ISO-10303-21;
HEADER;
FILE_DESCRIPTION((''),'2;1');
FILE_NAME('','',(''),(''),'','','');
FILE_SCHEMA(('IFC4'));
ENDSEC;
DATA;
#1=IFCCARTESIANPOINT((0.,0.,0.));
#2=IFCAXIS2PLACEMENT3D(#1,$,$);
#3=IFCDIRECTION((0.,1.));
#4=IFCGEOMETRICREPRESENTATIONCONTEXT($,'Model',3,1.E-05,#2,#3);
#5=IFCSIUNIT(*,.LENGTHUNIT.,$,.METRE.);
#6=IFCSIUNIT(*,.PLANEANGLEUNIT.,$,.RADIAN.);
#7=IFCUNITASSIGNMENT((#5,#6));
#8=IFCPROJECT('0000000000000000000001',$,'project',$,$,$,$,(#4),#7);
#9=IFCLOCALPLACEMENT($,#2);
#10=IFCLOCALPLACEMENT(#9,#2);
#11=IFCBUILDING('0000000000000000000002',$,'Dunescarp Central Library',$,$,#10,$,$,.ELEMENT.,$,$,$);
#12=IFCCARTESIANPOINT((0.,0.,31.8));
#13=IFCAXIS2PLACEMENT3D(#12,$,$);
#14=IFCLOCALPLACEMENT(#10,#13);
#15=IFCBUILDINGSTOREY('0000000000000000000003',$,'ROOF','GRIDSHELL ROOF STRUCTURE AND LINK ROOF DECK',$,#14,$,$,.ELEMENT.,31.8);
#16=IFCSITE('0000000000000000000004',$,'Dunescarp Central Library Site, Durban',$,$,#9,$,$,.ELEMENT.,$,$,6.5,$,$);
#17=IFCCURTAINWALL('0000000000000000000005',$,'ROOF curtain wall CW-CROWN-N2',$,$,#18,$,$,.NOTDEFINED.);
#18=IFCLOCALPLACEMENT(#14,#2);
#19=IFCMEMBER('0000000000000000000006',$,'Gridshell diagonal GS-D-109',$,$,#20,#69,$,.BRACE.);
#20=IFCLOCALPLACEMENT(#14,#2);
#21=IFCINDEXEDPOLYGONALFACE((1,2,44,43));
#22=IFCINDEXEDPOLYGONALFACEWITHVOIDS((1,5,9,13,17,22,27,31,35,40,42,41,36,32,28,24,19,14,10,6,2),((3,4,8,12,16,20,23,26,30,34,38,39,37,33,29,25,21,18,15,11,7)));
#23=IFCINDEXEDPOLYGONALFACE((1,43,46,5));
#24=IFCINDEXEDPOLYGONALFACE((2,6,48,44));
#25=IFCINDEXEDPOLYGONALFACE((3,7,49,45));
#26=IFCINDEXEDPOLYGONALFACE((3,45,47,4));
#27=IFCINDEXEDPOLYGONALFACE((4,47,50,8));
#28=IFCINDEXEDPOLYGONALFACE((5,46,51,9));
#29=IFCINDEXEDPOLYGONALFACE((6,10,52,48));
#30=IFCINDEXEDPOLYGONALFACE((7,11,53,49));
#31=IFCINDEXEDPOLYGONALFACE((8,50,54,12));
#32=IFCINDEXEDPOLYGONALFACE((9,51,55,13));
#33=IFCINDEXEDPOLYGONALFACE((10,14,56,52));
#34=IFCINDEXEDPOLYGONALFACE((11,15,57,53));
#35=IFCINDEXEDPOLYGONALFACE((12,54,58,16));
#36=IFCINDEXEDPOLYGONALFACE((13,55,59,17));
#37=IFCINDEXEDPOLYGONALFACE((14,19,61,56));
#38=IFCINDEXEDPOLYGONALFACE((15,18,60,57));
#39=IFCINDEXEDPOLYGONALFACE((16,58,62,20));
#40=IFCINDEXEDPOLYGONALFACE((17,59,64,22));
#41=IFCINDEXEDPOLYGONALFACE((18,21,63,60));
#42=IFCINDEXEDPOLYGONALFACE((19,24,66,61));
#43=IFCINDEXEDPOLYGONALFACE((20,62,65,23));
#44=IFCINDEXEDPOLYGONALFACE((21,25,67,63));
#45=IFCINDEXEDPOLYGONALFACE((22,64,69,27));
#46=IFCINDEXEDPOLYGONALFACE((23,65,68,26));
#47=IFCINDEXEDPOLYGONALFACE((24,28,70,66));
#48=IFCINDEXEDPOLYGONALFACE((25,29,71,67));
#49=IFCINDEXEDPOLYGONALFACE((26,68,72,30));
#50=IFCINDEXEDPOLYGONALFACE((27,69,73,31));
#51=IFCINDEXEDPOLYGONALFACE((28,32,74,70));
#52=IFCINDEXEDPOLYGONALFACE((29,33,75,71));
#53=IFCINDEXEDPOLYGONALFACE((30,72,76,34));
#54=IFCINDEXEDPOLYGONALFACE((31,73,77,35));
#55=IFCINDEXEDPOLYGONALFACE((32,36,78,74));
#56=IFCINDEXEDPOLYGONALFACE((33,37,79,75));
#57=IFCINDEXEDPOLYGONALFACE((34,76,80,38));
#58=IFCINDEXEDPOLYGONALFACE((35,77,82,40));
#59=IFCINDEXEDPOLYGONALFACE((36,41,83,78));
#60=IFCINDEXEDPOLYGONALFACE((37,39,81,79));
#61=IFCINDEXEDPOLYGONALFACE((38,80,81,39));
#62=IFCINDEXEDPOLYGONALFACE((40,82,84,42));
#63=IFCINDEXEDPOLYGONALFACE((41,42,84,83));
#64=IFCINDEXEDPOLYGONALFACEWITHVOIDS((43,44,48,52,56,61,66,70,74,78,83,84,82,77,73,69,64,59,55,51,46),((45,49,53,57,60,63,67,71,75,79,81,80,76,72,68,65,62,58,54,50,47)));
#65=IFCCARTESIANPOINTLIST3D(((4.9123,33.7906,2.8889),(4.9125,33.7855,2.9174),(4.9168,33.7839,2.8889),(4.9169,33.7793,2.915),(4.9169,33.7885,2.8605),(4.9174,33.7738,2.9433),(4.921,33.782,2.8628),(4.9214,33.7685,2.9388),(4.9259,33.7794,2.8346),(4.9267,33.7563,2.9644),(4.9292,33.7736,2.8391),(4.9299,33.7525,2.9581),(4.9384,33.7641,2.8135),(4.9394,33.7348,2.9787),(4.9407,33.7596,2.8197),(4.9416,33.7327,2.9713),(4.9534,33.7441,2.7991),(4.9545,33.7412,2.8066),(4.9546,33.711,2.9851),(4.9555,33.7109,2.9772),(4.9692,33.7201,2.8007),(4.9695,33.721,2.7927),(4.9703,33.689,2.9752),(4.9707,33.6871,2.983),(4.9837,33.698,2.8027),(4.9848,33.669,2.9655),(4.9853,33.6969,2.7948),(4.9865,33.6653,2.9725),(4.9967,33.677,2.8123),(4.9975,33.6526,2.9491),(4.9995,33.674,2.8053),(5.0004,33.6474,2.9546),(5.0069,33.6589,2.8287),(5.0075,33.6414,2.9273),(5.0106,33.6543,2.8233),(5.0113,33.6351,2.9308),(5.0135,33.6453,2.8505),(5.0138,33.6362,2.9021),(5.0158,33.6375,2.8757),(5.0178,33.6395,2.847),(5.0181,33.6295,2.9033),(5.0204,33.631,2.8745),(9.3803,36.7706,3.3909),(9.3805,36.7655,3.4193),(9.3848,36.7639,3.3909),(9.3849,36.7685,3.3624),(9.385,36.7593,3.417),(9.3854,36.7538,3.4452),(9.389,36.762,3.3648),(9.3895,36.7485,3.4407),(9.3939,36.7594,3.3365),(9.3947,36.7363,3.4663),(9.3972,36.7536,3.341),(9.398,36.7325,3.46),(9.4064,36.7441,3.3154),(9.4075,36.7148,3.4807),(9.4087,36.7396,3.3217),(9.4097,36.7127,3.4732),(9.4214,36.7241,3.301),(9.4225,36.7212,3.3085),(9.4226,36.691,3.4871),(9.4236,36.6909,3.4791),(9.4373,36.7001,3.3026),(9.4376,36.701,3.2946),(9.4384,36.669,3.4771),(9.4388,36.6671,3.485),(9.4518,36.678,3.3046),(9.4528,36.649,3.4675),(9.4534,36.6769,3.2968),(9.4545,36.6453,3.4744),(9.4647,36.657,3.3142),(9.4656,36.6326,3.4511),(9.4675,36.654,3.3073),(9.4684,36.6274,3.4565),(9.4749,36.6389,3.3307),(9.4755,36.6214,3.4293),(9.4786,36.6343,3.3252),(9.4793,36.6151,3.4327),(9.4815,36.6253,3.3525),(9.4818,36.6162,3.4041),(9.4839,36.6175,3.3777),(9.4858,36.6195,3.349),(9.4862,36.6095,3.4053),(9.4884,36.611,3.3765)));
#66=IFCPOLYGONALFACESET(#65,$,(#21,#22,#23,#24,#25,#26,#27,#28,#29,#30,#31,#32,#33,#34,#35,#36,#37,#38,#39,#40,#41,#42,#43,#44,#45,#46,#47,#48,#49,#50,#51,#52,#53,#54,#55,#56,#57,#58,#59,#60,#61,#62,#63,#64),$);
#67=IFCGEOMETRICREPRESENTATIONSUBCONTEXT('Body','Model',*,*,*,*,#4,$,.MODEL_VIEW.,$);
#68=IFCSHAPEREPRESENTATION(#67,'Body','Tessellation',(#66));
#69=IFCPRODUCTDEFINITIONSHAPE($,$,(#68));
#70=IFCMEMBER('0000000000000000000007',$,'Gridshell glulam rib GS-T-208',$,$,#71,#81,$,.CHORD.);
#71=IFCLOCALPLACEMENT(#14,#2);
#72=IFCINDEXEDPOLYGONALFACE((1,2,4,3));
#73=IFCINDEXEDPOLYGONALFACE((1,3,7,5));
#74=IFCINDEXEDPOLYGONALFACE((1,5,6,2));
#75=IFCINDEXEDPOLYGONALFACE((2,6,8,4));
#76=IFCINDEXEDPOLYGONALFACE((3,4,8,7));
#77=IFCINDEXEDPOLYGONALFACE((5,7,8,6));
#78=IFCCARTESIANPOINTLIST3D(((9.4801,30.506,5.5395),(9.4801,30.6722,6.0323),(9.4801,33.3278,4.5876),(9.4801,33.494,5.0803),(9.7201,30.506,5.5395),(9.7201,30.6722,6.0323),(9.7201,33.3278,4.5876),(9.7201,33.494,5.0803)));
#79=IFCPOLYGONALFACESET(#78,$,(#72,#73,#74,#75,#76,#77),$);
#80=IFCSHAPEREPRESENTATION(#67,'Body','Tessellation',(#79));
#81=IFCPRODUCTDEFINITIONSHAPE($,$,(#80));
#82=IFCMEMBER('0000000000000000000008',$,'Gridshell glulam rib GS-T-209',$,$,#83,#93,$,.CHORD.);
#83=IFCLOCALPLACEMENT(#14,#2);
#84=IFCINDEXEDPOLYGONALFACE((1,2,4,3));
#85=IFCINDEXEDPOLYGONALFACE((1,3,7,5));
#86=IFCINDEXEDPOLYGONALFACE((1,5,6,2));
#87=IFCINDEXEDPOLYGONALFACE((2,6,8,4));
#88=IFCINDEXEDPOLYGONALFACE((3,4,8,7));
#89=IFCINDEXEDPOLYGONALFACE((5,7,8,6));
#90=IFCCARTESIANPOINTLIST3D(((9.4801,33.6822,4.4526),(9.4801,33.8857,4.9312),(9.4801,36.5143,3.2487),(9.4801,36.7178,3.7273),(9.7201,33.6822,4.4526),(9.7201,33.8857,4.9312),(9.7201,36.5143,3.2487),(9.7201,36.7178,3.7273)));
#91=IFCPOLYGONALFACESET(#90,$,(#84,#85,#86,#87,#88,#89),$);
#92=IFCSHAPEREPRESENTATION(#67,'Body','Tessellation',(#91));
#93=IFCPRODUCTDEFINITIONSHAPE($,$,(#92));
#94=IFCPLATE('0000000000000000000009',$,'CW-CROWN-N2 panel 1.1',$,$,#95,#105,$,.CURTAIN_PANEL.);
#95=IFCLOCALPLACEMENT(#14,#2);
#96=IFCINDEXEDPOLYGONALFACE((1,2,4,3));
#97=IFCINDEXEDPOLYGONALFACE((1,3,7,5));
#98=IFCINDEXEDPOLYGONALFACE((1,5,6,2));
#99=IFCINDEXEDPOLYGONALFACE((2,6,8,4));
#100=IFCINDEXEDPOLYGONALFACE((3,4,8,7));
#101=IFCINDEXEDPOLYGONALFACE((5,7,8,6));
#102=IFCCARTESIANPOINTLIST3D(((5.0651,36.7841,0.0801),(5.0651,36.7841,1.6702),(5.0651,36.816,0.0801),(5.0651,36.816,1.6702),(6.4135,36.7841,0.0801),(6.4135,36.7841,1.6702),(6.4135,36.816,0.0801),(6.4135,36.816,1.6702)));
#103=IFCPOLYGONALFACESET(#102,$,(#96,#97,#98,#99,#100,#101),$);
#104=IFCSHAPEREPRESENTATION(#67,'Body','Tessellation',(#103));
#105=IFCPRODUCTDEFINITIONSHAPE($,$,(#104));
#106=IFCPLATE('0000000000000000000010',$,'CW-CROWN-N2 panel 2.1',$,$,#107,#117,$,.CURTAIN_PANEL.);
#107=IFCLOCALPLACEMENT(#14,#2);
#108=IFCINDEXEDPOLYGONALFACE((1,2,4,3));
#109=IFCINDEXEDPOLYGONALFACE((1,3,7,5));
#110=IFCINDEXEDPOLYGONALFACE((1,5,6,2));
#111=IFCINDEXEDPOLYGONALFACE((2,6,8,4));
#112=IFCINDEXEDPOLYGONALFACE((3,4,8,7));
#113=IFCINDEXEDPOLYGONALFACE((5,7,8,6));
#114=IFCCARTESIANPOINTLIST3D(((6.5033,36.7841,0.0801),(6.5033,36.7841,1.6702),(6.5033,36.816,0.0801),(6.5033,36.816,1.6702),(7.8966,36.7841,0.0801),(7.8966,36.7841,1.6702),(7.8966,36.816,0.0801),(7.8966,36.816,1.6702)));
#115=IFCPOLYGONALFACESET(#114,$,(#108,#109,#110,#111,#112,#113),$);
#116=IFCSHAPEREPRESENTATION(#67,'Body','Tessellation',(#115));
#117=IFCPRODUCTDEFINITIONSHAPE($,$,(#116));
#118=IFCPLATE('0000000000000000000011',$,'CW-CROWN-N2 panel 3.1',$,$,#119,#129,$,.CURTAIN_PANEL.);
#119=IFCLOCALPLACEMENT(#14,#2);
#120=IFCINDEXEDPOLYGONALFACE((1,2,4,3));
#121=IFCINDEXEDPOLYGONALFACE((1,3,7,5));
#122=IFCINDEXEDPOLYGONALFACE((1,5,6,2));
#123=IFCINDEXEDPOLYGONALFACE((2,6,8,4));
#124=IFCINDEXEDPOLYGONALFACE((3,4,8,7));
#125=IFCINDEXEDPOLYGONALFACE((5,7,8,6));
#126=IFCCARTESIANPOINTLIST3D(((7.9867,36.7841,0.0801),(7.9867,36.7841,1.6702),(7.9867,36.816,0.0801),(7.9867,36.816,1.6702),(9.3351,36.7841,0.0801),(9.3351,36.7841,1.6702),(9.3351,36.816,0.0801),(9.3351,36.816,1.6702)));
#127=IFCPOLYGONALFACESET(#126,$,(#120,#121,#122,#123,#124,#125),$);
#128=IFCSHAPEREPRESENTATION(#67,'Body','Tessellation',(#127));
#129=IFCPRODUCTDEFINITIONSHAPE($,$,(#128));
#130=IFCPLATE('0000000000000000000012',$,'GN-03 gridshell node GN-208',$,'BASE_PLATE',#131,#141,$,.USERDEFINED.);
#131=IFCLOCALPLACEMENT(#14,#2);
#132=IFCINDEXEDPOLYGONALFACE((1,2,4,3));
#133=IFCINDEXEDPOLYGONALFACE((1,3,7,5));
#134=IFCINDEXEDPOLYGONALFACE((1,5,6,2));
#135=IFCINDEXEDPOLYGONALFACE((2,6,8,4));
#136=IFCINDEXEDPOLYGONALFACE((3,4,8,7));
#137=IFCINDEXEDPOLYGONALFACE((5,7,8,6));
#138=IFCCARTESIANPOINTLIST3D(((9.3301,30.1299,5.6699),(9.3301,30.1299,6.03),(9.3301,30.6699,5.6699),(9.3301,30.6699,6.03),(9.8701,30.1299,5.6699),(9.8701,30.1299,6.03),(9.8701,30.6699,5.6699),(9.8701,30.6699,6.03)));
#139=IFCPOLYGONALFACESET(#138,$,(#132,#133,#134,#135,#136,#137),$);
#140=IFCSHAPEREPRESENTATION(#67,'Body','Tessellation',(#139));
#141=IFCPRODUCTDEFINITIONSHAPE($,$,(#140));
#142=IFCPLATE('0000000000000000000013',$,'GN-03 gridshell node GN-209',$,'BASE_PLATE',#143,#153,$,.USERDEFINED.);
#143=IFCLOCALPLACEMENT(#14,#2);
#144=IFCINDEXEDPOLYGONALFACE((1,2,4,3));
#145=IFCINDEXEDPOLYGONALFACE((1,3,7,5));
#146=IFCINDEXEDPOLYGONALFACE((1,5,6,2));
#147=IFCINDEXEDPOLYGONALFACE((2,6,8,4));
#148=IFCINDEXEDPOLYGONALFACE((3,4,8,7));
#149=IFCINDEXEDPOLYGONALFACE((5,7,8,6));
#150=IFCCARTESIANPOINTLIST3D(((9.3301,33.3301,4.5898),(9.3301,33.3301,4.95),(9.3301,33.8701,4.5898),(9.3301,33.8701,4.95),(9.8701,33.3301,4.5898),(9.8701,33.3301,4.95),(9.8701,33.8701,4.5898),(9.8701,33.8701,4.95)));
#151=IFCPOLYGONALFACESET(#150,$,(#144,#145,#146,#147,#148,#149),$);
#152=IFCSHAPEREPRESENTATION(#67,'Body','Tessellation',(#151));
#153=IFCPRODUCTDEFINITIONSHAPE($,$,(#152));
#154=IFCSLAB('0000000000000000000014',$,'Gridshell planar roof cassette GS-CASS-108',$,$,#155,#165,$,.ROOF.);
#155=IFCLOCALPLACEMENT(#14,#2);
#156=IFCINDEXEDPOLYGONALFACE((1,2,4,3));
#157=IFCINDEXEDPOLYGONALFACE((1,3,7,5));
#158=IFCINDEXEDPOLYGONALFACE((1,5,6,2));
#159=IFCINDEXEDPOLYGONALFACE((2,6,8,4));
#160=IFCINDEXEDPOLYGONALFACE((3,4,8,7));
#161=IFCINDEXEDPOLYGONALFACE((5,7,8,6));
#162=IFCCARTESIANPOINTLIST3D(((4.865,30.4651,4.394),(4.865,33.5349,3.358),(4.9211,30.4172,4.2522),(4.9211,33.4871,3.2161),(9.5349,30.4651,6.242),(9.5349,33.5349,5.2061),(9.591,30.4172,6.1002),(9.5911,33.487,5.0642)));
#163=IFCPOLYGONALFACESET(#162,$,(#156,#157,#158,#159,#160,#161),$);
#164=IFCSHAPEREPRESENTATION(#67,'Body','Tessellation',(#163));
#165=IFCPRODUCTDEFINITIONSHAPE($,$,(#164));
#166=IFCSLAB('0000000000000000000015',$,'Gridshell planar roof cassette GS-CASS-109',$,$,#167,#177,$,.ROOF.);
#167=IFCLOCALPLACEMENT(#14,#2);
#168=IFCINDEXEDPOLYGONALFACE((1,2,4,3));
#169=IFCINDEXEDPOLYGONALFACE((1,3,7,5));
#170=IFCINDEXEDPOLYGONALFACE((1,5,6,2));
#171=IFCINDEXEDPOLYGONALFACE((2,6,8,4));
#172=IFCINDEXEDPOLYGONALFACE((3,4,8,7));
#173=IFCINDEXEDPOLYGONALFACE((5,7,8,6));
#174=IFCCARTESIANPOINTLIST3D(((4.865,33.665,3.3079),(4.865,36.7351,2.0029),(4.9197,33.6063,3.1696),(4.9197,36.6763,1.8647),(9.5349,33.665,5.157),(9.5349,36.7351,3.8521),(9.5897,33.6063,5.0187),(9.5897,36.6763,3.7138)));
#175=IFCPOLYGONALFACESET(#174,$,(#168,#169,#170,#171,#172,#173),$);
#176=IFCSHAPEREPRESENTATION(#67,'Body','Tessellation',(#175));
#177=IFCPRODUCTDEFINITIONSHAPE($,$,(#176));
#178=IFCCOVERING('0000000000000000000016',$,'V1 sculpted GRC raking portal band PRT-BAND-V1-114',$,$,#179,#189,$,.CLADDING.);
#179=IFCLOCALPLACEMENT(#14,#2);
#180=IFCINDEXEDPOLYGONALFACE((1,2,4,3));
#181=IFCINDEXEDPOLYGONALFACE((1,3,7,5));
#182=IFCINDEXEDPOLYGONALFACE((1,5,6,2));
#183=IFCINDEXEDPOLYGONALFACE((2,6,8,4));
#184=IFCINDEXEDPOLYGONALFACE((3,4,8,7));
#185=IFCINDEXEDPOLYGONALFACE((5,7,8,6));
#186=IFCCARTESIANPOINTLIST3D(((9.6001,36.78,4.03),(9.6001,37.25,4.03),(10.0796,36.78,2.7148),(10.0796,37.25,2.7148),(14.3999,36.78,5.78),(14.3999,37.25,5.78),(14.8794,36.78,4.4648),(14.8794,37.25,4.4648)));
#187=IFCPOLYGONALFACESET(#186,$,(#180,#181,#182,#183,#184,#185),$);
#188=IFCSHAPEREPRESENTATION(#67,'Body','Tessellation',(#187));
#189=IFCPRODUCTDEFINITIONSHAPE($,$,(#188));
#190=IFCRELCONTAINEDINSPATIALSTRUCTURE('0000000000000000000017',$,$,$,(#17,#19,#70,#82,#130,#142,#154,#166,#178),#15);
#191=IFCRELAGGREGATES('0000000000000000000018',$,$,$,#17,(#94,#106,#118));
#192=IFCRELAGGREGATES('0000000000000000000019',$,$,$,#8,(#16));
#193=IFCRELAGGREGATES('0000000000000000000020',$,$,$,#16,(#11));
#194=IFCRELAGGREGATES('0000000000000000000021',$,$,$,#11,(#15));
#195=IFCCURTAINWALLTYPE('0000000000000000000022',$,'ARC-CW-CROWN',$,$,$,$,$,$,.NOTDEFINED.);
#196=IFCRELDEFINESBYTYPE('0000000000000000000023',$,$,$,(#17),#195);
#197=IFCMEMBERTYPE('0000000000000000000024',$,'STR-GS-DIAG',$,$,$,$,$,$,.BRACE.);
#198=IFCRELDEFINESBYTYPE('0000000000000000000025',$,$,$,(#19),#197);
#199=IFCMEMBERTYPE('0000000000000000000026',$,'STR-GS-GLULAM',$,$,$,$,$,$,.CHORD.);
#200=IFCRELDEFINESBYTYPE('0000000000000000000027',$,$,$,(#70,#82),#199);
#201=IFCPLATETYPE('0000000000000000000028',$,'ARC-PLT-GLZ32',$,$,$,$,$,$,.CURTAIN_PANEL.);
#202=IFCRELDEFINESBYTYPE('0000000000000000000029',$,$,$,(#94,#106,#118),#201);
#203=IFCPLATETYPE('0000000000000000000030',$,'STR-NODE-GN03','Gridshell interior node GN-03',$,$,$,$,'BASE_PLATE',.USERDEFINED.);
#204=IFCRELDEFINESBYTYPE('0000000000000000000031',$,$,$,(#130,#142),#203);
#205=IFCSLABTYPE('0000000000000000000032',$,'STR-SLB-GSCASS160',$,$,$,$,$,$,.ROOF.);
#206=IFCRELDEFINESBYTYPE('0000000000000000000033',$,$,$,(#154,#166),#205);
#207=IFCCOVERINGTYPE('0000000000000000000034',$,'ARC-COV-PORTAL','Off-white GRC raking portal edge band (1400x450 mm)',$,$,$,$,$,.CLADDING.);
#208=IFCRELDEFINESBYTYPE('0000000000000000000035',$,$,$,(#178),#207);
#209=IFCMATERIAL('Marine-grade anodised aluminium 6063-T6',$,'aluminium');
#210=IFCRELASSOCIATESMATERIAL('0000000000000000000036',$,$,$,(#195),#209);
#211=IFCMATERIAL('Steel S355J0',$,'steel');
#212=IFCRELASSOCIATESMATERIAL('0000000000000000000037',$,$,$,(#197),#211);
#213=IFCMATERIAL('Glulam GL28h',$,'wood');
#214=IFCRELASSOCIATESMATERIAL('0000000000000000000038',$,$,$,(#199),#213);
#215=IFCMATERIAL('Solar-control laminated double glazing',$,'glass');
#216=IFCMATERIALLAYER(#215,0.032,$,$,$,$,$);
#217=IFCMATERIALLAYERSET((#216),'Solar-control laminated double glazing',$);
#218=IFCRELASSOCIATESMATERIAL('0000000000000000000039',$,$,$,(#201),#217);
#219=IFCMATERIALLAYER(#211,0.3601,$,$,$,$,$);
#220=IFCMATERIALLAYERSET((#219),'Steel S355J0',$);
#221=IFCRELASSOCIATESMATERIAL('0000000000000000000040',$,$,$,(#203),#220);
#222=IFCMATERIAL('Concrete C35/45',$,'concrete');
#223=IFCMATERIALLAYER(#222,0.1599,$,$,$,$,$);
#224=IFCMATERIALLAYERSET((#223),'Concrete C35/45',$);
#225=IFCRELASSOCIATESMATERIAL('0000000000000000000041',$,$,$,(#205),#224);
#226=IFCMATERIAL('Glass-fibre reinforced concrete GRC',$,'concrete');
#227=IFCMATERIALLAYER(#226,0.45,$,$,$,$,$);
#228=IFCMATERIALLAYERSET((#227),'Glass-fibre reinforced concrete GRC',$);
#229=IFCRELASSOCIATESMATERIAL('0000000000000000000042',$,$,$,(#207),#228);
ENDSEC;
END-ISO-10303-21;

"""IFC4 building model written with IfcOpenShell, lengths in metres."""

from ifc_helpers import new_model, si_unit, direction, frame, origin, origin_2d, place, context, subcontext, project, spatial, polyline, rectangle, hollow_circle, outline, extrude, material, layer, layer_set, material_profile, profile_set, type_object, element, aggregate, save


model = new_model("IFC4")

# Units and contexts
model_context = context("Model", 3, precision=1e-05, world=origin(), true_north=direction((0.0, 1.0)))
body_context = subcontext(model_context, "Body", "Model", "MODEL_VIEW")
ifc_project = project(units=[si_unit("LENGTHUNIT", "METRE"), si_unit("PLANEANGLEUNIT", "RADIAN")], contexts=[model_context])

# Site, building, storey
site_placement = place(None, origin())
site = spatial("IfcSite", under=ifc_project, at=site_placement, Name="Dunescarp Central Library Site, Durban", CompositionType="ELEMENT", RefElevation=6.5)
building_placement = place(site_placement, origin())
building = spatial("IfcBuilding", under=site, at=building_placement, Name="Dunescarp Central Library", CompositionType="ELEMENT")
storey_placement = place(building_placement, frame((0.0, 0.0, 31.8)))
storey = spatial("IfcBuildingStorey", under=building, at=storey_placement, Name="ROOF", Description="GRIDSHELL ROOF STRUCTURE AND LINK ROOF DECK", CompositionType="ELEMENT", Elevation=31.8)

# Curtain wall
ifc_material_1 = material(Name="Marine-grade anodised aluminium 6063-T6", Category="aluminium")
curtain_wall_type = type_object("IfcCurtainWallType", Name="ARC-CW-CROWN", PredefinedType="NOTDEFINED", material=ifc_material_1)
curtain_wall_placement = place(storey_placement, origin())
curtain_wall = element("IfcCurtainWall", 1, at=curtain_wall_placement, inside=storey, type_object=curtain_wall_type, Name="ROOF curtain wall CW-CROWN-N2", PredefinedType="NOTDEFINED")

# Members
ifc_material_2 = material(Name="Steel S355J0", Category="steel")
ifc_material_profile_1 = material_profile(ifc_material_2, hollow_circle(Radius=0.0969, WallThickness=0.0081, at=origin_2d()), Name="CHS 193.7x8")
ifc_profile_set_1 = profile_set([ifc_material_profile_1], Name="Steel S355J0")
member_type_1 = type_object("IfcMemberType", Name="STR-GS-DIAG", PredefinedType="BRACE", material=ifc_profile_set_1)
member_1_placement = place(storey_placement, frame((4.9661, 33.71, 2.8889), z_axis=(0.828328, 0.55246, 0.093057), x_axis=(-0.554868, 0.831938, 0.0)))
element("IfcMember", 2, at=member_1_placement, inside=storey, type_object=member_type_1, Name="Gridshell diagonal GS-D-109", PredefinedType="BRACE", context=body_context, shape_type="SweptSolid", body=[
    extrude(hollow_circle(Radius=0.0969, WallThickness=0.0081, at=origin_2d()), origin(), (0.0, 0.0, 1.0), 5.394),
])
ifc_material_3 = material(Name="Glulam GL28h", Category="wood")
ifc_material_profile_2 = material_profile(ifc_material_3, rectangle(XDim=0.24, YDim=0.52, at=origin_2d()), Name="GL28h 240x520")
ifc_profile_set_2 = profile_set([ifc_material_profile_2], Name="Glulam GL28h")
member_type_2 = type_object("IfcMemberType", Name="STR-GS-GLULAM", PredefinedType="CHORD", material=ifc_profile_set_2)
member_2_placement = place(storey_placement, frame((9.6001, 30.5891, 5.7859), z_axis=(0.0, 0.947538, -0.319644), x_axis=(-1.0, 0.0, 0.0)))
element("IfcMember", 3, at=member_2_placement, inside=storey, type_object=member_type_2, Name="Gridshell glulam rib GS-T-208", PredefinedType="CHORD", context=body_context, shape_type="SweptSolid", body=[
    extrude(rectangle(XDim=0.24, YDim=0.52, at=origin_2d()), origin(), (0.0, 0.0, 1.0), 2.978),
])
member_3_placement = place(storey_placement, frame((9.6001, 33.7839, 4.6919), z_axis=(0.0, 0.920302, -0.391208), x_axis=(-1.0, 0.0, 0.0)))
element("IfcMember", 4, at=member_3_placement, inside=storey, type_object=member_type_2, Name="Gridshell glulam rib GS-T-209", PredefinedType="CHORD", context=body_context, shape_type="SweptSolid", body=[
    extrude(rectangle(XDim=0.24, YDim=0.52, at=origin_2d()), origin(), (0.0, 0.0, 1.0), 3.0774),
])

# Plates
ifc_material_4 = material(Name="Solar-control laminated double glazing", Category="glass")
ifc_layer_1 = layer(ifc_material_4, 0.032)
ifc_layer_set_1 = layer_set([ifc_layer_1], Name="Solar-control laminated double glazing")
plate_type_1 = type_object("IfcPlateType", Name="ARC-PLT-GLZ32", PredefinedType="CURTAIN_PANEL", material=ifc_layer_set_1)
plate_1_placement = place(storey_placement, frame((5.7393, 36.8, 0.0801), z_axis=(0.0, 0.0, 1.0), x_axis=(1.0, 0.0, 0.0)))
plate_1 = element("IfcPlate", 5, at=plate_1_placement, type_object=plate_type_1, Name="CW-CROWN-N2 panel 1.1", PredefinedType="CURTAIN_PANEL", context=body_context, shape_type="SweptSolid", body=[
    extrude(rectangle(XDim=1.3484, YDim=0.032, at=origin_2d()), origin(), (0.0, 0.0, 1.0), 1.5901),
])
plate_2_placement = place(storey_placement, frame((7.2, 36.8, 0.0801), z_axis=(0.0, 0.0, 1.0), x_axis=(1.0, 0.0, 0.0)))
plate_2 = element("IfcPlate", 6, at=plate_2_placement, type_object=plate_type_1, Name="CW-CROWN-N2 panel 2.1", PredefinedType="CURTAIN_PANEL", context=body_context, shape_type="SweptSolid", body=[
    extrude(rectangle(XDim=1.3933, YDim=0.032, at=origin_2d()), origin(), (0.0, 0.0, 1.0), 1.5901),
])
plate_3_placement = place(storey_placement, frame((8.6609, 36.8, 0.0801), z_axis=(0.0, 0.0, 1.0), x_axis=(1.0, 0.0, 0.0)))
plate_3 = element("IfcPlate", 7, at=plate_3_placement, type_object=plate_type_1, Name="CW-CROWN-N2 panel 3.1", PredefinedType="CURTAIN_PANEL", context=body_context, shape_type="SweptSolid", body=[
    extrude(rectangle(XDim=1.3484, YDim=0.032, at=origin_2d()), origin(), (0.0, 0.0, 1.0), 1.5901),
])
aggregate(curtain_wall, [plate_1, plate_2, plate_3])

# Plates
ifc_layer_2 = layer(ifc_material_2, 0.3601)
ifc_layer_set_2 = layer_set([ifc_layer_2], Name="Steel S355J0")
plate_type_2 = type_object("IfcPlateType", Name="STR-NODE-GN03", Description="Gridshell interior node GN-03", ElementType="BASE_PLATE", PredefinedType="USERDEFINED", material=ifc_layer_set_2)
for number, where, z_axis, x_axis, name in (
    (8, (9.6001, 30.3999, 5.6699), (0.0, 0.0, 1.0), (1.0, 0.0, 0.0), "GN-03 gridshell node GN-208"),
    (9, (9.6001, 33.6001, 4.5898), (0.0, 0.0, 1.0), (1.0, 0.0, 0.0), "GN-03 gridshell node GN-209"),
):
    element("IfcPlate", number, at=place(storey_placement, frame(where, z_axis=z_axis, x_axis=x_axis)), inside=storey, type_object=plate_type_2, Name=name, ObjectType="BASE_PLATE", PredefinedType="USERDEFINED", context=body_context, shape_type="SweptSolid", body=[
        extrude(rectangle(XDim=0.54, YDim=0.54, at=origin_2d()), origin(), (0.0, 0.0, 1.0), 0.3601),
    ])

# Slabs
ifc_material_5 = material(Name="Concrete C35/45", Category="concrete")
ifc_layer_3 = layer(ifc_material_5, 0.1599)
ifc_layer_set_3 = layer_set([ifc_layer_3], Name="Concrete C35/45")
slab_type = type_object("IfcSlabType", Name="STR-SLB-GSCASS160", PredefinedType="ROOF", material=ifc_layer_set_3)
slab_1_placement = place(storey_placement, frame((4.865, 30.4651, 4.394), z_axis=(-0.351084, 0.299409, 0.887183), x_axis=(0.929841, 0.000006, 0.367963)))
element("IfcSlab", 10, at=slab_1_placement, inside=storey, type_object=slab_type, Name="Gridshell planar roof cassette GS-CASS-108", PredefinedType="ROOF", context=body_context, shape_type="SweptSolid", body=[
    extrude(outline(polyline([(0.0, 0.0), (5.0222, 0.0), (4.6411, 3.2174), (-0.3812, 3.2175), (0.0, 0.0)])), origin(), (0.0, 0.0, -1.0), 0.1599),
])
slab_2_placement = place(storey_placement, frame((4.865, 33.665, 3.3079), z_axis=(-0.342386, 0.367536, 0.86469), x_axis=(0.929765, 0.0, 0.368154)))
element("IfcSlab", 11, at=slab_2_placement, inside=storey, type_object=slab_type, Name="Gridshell planar roof cassette GS-CASS-109", PredefinedType="ROOF", context=body_context, shape_type="SweptSolid", body=[
    extrude(outline(polyline([(0.0, 0.0), (5.0227, 0.0), (4.5423, 3.3011), (-0.4804, 3.3011), (0.0, 0.0)])), origin(), (0.0, 0.0, -1.0), 0.1599),
])

# Covering
ifc_material_6 = material(Name="Glass-fibre reinforced concrete GRC", Category="concrete")
ifc_layer_4 = layer(ifc_material_6, 0.45)
ifc_layer_set_4 = layer_set([ifc_layer_4], Name="Glass-fibre reinforced concrete GRC")
covering_type = type_object("IfcCoveringType", Name="ARC-COV-PORTAL", Description="Off-white GRC raking portal edge band (1400x450 mm)", PredefinedType="CLADDING", material=ifc_layer_set_4)
covering_placement = place(storey_placement, frame((9.6001, 36.78, 4.03), z_axis=(-0.342541, 0.0, 0.939503), x_axis=(0.939503, 0.0, 0.342541)))
element("IfcCovering", 12, at=covering_placement, inside=storey, type_object=covering_type, Name="V1 sculpted GRC raking portal band PRT-BAND-V1-114", PredefinedType="CLADDING", context=body_context, shape_type="SweptSolid", body=[
    extrude(outline(polyline([(0.0, 0.0), (5.1089, 0.0), (5.1089, 0.47), (0.0, 0.47), (0.0, 0.0)])), origin(), (0.0, 0.0, -1.0), 1.3999),
])

save(model, "model.ifc")
